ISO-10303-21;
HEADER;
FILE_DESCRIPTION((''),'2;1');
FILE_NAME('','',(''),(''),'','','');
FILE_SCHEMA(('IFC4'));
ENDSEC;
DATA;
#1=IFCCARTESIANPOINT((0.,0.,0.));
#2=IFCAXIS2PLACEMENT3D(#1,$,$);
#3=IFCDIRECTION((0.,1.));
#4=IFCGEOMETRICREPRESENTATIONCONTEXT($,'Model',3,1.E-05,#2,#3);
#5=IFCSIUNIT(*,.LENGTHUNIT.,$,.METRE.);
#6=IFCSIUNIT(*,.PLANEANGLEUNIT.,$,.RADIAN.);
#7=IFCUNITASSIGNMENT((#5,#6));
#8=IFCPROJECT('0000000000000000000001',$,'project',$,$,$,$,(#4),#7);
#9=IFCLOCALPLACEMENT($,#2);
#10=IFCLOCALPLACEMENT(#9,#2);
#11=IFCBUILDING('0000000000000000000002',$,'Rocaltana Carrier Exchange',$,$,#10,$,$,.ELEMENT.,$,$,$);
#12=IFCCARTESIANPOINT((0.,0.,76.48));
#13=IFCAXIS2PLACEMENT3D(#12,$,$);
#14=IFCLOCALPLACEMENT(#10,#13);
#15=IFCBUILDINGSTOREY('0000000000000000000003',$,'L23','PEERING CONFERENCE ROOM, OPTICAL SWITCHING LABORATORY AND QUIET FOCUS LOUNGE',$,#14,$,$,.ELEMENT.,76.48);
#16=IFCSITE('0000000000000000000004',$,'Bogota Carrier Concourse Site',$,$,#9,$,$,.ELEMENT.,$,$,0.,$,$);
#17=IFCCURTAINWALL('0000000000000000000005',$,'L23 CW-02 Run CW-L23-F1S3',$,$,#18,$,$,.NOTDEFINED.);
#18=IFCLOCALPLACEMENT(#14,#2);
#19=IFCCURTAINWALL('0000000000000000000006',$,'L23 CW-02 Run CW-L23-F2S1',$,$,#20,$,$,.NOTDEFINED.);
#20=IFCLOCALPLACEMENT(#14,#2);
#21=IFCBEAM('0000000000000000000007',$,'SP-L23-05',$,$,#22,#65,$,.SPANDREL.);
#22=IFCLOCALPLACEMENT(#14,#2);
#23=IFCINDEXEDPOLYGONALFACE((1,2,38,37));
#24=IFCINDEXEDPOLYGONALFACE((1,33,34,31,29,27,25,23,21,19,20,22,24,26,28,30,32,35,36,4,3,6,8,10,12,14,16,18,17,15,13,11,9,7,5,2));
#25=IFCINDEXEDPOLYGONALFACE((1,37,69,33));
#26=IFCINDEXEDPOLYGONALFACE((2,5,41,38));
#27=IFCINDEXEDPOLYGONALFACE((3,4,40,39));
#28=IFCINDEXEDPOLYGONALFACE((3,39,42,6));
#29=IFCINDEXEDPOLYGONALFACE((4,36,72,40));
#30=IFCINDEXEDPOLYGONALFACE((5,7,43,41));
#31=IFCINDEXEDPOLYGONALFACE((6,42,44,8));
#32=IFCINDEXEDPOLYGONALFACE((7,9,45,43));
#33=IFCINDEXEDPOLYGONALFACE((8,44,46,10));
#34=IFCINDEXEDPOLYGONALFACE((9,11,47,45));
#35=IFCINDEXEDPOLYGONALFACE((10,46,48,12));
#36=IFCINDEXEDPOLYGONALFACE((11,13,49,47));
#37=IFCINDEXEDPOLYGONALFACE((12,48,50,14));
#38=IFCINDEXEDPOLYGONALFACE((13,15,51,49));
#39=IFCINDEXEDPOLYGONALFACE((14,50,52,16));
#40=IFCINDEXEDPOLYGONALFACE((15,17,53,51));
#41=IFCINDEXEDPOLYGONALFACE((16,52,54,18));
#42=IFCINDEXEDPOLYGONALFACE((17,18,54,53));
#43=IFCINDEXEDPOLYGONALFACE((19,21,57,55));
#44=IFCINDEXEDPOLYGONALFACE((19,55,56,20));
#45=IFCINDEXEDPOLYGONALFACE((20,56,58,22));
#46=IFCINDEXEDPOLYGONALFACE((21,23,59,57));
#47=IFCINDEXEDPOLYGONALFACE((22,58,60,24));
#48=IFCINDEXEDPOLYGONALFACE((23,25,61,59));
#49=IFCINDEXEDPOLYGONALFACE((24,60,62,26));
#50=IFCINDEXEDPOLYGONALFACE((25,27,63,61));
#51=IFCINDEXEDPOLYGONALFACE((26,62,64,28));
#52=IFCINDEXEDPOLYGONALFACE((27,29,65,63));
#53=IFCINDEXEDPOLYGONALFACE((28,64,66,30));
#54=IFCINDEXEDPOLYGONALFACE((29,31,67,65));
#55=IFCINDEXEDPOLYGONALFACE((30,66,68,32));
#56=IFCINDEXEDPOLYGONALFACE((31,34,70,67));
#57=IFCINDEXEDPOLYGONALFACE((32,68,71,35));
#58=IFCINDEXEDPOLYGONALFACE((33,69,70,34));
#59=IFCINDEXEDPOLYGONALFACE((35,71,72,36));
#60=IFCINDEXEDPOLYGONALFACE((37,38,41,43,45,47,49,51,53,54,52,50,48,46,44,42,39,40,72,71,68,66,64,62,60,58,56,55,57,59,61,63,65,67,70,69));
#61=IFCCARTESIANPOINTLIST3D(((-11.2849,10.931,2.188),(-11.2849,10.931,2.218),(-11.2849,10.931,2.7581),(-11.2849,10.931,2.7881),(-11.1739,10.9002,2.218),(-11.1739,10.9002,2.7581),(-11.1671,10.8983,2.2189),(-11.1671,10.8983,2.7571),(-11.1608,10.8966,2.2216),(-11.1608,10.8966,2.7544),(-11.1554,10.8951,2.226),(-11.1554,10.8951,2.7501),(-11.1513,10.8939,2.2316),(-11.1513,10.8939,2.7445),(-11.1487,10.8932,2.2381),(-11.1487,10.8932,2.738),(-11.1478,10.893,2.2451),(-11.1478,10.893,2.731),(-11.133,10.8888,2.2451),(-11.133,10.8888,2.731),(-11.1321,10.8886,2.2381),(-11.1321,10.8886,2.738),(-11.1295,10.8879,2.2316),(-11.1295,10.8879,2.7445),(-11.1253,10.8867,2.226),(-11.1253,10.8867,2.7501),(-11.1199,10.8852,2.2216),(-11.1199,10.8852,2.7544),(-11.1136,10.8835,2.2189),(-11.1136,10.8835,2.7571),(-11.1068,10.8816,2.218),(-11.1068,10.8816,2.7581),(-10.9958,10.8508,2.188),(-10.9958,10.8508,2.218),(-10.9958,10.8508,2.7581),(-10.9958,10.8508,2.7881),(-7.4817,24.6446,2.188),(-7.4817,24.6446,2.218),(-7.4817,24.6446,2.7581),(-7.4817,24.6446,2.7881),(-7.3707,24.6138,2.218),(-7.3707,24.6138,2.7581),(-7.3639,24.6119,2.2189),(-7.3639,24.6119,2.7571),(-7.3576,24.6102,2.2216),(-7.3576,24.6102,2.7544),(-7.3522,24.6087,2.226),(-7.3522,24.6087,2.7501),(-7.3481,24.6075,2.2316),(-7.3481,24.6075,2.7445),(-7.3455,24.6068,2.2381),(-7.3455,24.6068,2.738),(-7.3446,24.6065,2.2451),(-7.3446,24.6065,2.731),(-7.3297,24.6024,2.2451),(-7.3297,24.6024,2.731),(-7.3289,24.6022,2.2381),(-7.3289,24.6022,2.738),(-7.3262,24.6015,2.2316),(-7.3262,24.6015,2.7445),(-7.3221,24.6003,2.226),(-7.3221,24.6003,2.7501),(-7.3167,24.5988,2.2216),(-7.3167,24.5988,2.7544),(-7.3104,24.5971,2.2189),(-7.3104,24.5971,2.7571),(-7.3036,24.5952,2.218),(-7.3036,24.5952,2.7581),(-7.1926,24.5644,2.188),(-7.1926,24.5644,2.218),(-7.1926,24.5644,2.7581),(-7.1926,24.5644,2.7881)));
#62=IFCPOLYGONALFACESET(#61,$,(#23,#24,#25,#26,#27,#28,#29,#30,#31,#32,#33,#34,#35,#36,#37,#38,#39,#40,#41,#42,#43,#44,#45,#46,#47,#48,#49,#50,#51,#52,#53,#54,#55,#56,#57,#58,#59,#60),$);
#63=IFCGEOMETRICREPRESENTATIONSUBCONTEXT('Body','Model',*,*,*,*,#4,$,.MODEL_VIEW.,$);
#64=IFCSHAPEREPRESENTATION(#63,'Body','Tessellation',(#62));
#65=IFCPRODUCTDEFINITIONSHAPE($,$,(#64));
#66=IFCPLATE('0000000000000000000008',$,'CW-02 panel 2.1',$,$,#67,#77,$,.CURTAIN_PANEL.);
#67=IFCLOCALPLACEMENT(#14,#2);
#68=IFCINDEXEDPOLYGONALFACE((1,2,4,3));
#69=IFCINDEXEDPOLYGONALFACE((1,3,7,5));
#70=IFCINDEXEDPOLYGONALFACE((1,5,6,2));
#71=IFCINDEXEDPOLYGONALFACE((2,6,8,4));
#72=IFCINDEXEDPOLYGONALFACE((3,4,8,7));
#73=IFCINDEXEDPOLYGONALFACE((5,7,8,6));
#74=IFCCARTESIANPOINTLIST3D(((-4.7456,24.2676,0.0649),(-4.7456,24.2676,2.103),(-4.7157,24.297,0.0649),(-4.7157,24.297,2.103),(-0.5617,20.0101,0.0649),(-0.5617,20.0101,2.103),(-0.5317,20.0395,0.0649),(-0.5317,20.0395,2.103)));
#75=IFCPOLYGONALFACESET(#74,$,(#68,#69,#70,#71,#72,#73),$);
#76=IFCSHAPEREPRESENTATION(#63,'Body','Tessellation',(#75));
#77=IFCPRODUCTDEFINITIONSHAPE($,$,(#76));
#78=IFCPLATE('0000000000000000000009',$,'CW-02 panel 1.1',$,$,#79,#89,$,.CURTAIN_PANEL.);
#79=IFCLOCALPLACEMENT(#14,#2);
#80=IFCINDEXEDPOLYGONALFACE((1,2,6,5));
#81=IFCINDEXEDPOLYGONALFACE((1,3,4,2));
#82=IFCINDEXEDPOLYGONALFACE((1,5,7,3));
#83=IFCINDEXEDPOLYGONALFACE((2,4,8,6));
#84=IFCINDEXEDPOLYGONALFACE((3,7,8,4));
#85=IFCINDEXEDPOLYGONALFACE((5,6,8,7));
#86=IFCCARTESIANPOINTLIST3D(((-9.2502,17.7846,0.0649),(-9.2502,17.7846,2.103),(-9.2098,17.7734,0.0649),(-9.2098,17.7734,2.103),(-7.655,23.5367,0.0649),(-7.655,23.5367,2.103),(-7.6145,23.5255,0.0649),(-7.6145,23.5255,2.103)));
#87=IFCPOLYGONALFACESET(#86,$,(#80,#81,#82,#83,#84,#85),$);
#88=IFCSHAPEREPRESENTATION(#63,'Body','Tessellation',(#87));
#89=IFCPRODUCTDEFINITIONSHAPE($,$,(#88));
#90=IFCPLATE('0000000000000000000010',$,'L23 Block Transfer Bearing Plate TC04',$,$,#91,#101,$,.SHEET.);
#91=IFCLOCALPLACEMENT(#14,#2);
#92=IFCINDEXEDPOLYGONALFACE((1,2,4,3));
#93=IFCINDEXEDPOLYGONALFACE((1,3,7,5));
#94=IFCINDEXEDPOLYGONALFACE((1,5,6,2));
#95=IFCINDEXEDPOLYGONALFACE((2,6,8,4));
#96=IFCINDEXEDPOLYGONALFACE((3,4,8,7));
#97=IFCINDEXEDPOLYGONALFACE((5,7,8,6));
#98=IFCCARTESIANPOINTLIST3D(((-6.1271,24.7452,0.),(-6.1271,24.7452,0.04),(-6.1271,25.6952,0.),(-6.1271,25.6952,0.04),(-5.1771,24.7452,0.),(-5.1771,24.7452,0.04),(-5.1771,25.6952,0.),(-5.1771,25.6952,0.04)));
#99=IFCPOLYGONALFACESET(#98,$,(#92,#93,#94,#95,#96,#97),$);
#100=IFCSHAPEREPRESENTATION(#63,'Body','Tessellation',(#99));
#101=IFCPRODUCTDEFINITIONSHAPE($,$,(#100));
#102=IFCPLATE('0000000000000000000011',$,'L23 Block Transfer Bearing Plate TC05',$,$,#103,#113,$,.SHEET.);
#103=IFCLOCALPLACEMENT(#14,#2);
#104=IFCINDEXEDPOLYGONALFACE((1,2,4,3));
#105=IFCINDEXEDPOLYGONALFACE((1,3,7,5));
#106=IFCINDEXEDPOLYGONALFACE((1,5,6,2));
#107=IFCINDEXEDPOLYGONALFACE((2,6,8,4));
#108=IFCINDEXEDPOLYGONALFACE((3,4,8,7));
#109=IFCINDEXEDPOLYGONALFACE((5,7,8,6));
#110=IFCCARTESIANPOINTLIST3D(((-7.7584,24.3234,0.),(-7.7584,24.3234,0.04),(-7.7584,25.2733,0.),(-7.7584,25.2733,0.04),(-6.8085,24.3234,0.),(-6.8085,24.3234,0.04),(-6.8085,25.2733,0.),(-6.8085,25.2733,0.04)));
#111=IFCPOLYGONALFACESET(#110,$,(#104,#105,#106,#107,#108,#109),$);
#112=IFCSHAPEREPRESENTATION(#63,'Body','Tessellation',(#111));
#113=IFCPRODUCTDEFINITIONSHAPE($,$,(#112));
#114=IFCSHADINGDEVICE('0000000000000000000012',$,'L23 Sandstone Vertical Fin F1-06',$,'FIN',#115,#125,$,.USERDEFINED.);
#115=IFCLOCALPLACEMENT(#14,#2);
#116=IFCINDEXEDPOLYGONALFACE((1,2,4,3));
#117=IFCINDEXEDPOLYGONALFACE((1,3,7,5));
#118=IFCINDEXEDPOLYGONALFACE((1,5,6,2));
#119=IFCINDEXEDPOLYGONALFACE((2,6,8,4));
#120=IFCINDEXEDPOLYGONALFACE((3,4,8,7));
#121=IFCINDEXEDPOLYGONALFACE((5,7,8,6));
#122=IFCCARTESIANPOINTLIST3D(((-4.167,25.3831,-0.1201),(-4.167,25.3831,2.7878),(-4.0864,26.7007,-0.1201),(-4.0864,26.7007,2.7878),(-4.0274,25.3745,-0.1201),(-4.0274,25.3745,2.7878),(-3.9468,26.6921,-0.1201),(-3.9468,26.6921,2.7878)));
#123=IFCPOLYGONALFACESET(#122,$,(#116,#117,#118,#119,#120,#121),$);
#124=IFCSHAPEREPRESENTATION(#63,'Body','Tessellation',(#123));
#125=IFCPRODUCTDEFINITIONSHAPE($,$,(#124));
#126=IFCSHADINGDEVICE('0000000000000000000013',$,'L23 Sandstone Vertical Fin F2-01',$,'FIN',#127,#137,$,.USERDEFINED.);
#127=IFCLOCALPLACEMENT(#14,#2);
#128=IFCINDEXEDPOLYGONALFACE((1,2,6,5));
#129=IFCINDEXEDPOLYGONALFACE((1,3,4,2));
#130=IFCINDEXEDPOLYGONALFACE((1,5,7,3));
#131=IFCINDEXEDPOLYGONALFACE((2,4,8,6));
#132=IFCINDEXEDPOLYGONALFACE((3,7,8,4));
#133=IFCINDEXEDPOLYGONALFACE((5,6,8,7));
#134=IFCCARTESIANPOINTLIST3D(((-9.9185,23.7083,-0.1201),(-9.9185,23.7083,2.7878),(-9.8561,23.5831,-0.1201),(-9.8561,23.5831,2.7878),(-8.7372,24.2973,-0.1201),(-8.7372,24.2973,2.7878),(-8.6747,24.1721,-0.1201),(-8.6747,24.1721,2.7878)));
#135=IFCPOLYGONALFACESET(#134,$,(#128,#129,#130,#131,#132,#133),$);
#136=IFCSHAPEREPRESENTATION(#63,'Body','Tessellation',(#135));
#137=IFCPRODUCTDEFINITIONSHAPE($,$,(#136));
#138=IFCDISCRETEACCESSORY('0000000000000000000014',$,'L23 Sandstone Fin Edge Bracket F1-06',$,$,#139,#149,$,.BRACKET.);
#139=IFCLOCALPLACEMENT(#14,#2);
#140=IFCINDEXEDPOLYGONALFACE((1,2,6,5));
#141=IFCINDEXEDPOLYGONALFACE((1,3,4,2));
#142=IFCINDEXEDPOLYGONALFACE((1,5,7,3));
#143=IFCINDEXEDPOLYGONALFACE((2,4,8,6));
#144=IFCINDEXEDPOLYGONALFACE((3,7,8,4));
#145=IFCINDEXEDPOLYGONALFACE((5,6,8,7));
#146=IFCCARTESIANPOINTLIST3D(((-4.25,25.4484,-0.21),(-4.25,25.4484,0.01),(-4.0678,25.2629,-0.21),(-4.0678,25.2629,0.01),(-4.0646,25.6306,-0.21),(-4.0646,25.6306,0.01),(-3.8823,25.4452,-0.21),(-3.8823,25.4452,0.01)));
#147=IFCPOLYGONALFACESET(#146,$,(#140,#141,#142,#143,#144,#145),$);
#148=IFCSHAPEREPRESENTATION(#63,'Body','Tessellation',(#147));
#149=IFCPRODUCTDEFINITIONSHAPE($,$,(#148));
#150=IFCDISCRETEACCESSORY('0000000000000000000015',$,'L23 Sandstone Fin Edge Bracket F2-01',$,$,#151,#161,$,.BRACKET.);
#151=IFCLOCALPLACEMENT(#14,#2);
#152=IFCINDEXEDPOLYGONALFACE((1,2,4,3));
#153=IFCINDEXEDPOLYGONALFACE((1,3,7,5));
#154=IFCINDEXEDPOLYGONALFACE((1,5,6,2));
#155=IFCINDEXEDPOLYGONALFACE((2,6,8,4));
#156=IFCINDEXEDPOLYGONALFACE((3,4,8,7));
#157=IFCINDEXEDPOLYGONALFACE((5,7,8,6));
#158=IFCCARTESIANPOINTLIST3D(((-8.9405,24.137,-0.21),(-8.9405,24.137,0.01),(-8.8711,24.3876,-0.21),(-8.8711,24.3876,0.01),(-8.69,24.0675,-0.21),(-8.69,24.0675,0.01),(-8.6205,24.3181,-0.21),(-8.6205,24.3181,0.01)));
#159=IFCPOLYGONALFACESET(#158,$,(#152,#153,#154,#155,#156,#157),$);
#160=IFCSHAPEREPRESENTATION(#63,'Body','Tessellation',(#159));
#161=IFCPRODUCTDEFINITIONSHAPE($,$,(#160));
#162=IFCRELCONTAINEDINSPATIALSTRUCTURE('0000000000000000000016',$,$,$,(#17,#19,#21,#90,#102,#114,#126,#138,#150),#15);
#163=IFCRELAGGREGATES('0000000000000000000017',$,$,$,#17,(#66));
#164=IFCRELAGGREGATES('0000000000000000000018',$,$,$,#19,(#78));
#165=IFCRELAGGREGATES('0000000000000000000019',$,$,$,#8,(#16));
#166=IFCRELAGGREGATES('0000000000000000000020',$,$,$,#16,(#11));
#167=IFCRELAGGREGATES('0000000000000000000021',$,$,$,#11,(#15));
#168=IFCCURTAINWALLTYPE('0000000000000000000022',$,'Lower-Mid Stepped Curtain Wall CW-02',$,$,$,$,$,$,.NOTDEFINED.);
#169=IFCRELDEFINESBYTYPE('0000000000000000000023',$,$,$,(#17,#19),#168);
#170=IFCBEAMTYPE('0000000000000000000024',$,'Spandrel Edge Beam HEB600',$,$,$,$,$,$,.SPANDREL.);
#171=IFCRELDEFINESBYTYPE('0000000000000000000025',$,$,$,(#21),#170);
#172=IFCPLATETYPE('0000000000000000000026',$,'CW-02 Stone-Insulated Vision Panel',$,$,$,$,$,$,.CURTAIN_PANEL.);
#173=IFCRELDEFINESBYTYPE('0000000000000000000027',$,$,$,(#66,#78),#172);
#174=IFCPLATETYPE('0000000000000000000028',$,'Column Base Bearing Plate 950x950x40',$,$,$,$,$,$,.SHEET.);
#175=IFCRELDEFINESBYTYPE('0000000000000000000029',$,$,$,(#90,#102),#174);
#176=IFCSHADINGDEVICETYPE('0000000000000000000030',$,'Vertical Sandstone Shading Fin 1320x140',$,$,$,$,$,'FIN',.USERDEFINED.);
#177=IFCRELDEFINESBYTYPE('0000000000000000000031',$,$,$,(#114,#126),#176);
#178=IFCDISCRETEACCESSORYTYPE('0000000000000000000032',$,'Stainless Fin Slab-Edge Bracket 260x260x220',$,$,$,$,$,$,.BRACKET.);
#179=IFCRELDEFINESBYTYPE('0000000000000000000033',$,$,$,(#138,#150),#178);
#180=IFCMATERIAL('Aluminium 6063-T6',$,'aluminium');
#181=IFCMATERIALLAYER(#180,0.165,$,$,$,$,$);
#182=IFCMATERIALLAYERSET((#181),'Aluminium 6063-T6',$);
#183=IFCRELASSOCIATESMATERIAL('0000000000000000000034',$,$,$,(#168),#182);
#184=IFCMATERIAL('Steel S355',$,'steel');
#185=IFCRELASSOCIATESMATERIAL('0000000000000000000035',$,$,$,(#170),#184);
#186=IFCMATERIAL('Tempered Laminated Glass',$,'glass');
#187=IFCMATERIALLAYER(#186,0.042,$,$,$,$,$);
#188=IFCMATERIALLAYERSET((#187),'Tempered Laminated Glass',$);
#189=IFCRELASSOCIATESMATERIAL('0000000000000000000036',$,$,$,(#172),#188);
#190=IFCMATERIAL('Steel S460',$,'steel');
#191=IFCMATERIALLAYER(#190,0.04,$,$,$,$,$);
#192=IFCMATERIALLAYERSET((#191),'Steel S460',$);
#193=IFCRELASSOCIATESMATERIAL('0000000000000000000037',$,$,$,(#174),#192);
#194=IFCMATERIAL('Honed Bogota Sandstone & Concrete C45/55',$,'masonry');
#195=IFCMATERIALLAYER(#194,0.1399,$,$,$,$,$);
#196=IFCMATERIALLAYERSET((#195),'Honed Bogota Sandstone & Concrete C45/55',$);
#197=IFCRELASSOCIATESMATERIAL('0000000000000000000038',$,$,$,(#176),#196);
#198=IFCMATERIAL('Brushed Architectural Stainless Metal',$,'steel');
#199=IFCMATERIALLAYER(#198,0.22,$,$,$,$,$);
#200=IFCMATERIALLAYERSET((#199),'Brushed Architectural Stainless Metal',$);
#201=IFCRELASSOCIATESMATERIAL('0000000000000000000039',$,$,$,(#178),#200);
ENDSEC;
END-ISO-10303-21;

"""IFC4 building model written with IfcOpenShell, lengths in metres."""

from ifc_helpers import new_model, si_unit, direction, frame, origin, origin_2d, place, context, subcontext, project, spatial, rectangle, i_section, extrude, material, layer, layer_set, material_profile, profile_set, type_object, element, aggregate, save


model = new_model("IFC4")

# Units and contexts
model_context = context("Model", 3, precision=1e-05, world=origin(), true_north=direction((0.0, 1.0)))
body_context = subcontext(model_context, "Body", "Model", "MODEL_VIEW")
ifc_project = project(units=[si_unit("LENGTHUNIT", "METRE"), si_unit("PLANEANGLEUNIT", "RADIAN")], contexts=[model_context])

# Site, building, storey
site_placement = place(None, origin())
site = spatial("IfcSite", under=ifc_project, at=site_placement, Name="Bogota Carrier Concourse Site", CompositionType="ELEMENT", RefElevation=0.0)
building_placement = place(site_placement, origin())
building = spatial("IfcBuilding", under=site, at=building_placement, Name="Rocaltana Carrier Exchange", CompositionType="ELEMENT")
storey_placement = place(building_placement, frame((0.0, 0.0, 76.48)))
storey = spatial("IfcBuildingStorey", under=building, at=storey_placement, Name="L23", Description="PEERING CONFERENCE ROOM, OPTICAL SWITCHING LABORATORY AND QUIET FOCUS LOUNGE", CompositionType="ELEMENT", Elevation=76.48)

# Curtain wall
ifc_material_1 = material(Name="Aluminium 6063-T6", Category="aluminium")
ifc_layer_1 = layer(ifc_material_1, 0.165)
ifc_layer_set_1 = layer_set([ifc_layer_1], Name="Aluminium 6063-T6")
curtain_wall_type = type_object("IfcCurtainWallType", Name="Lower-Mid Stepped Curtain Wall CW-02", PredefinedType="NOTDEFINED", material=ifc_layer_set_1)
curtain_wall_1_placement = place(storey_placement, origin())
curtain_wall_1 = element("IfcCurtainWall", 1, at=curtain_wall_1_placement, inside=storey, type_object=curtain_wall_type, Name="L23 CW-02 Run CW-L23-F1S3", PredefinedType="NOTDEFINED")

# Curtain wall
curtain_wall_2_placement = place(storey_placement, origin())
curtain_wall_2 = element("IfcCurtainWall", 2, at=curtain_wall_2_placement, inside=storey, type_object=curtain_wall_type, Name="L23 CW-02 Run CW-L23-F2S1", PredefinedType="NOTDEFINED")

# Beam
ifc_material_2 = material(Name="Steel S355", Category="steel")
ifc_material_profile_1 = material_profile(ifc_material_2, i_section(OverallWidth=0.3, OverallDepth=0.6001, WebThickness=0.0154, FlangeThickness=0.03, FilletRadius=0.0271, at=origin_2d()), Name="HEB600")
ifc_profile_set_1 = profile_set([ifc_material_profile_1], Name="Steel S355")
beam_type_1 = type_object("IfcBeamType", Name="Spandrel Edge Beam HEB600", PredefinedType="SPANDREL", material=ifc_profile_set_1)
beam_1_placement = place(storey_placement, frame((-7.3372, 24.6045, 2.488), z_axis=(-0.267245, -0.963629, 0.0), x_axis=(0.963629, -0.267245, 0.0)))
element("IfcBeam", 3, at=beam_1_placement, inside=storey, type_object=beam_type_1, Name="SP-L23-05", PredefinedType="SPANDREL", context=body_context, shape_type="SweptSolid", body=[
    extrude(i_section(OverallWidth=0.3, OverallDepth=0.6001, WebThickness=0.0154, FlangeThickness=0.03, FilletRadius=0.0271, at=origin_2d()), origin(), (0.0, 0.0, 1.0), 14.2312),
])

# Plates
ifc_material_3 = material(Name="Tempered Laminated Glass", Category="glass")
ifc_layer_2 = layer(ifc_material_3, 0.042)
ifc_layer_set_2 = layer_set([ifc_layer_2], Name="Tempered Laminated Glass")
plate_type_1 = type_object("IfcPlateType", Name="CW-02 Stone-Insulated Vision Panel", PredefinedType="CURTAIN_PANEL", material=ifc_layer_set_2)
plate_1_placement = place(storey_placement, frame((-2.6387, 22.1536, 0.0649), z_axis=(0.0, 0.0, 1.0), x_axis=(-0.700915, 0.713245, 0.0)))
plate_1 = element("IfcPlate", 4, at=plate_1_placement, type_object=plate_type_1, Name="CW-02 panel 2.1", PredefinedType="CURTAIN_PANEL", context=body_context, shape_type="SweptSolid", body=[
    extrude(rectangle(XDim=5.9692, YDim=0.042, at=origin_2d()), origin(), (0.0, 0.0, 1.0), 2.0381),
])
aggregate(curtain_wall_1, [plate_1])
plate_2_placement = place(storey_placement, frame((-8.4324, 20.655, 0.0649), z_axis=(0.0, 0.0, 1.0), x_axis=(-0.267246, -0.963628, 0.0)))
plate_2 = element("IfcPlate", 5, at=plate_2_placement, type_object=plate_type_1, Name="CW-02 panel 1.1", PredefinedType="CURTAIN_PANEL", context=body_context, shape_type="SweptSolid", body=[
    extrude(rectangle(XDim=5.9692, YDim=0.042, at=origin_2d()), origin(), (0.0, 0.0, 1.0), 2.0381),
])
aggregate(curtain_wall_2, [plate_2])

# Plates
ifc_material_4 = material(Name="Steel S460", Category="steel")
ifc_layer_3 = layer(ifc_material_4, 0.04)
ifc_layer_set_3 = layer_set([ifc_layer_3], Name="Steel S460")
plate_type_2 = type_object("IfcPlateType", Name="Column Base Bearing Plate 950x950x40", PredefinedType="SHEET", material=ifc_layer_set_3)
for number, where, z_axis, x_axis, name in (
    (6, (-5.6521, 25.2202, 0.0), (0.0, 0.0, 1.0), (1.0, 0.0, 0.0), "L23 Block Transfer Bearing Plate TC04"),
    (7, (-7.2834, 24.7983, 0.0), (0.0, 0.0, 1.0), (1.0, 0.0, 0.0), "L23 Block Transfer Bearing Plate TC05"),
):
    element("IfcPlate", number, at=place(storey_placement, frame(where, z_axis=z_axis, x_axis=x_axis)), inside=storey, type_object=plate_type_2, Name=name, PredefinedType="SHEET", context=body_context, shape_type="SweptSolid", body=[
        extrude(rectangle(XDim=0.95, YDim=0.95, at=origin_2d()), origin(), (0.0, 0.0, 1.0), 0.04),
    ])

# Shading devices
ifc_material_5 = material(Name="Honed Bogota Sandstone & Concrete C45/55", Category="masonry")
ifc_layer_4 = layer(ifc_material_5, 0.1399)
ifc_layer_set_4 = layer_set([ifc_layer_4], Name="Honed Bogota Sandstone & Concrete C45/55")
shading_device_type = type_object("IfcShadingDeviceType", Name="Vertical Sandstone Shading Fin 1320x140", ElementType="FIN", PredefinedType="USERDEFINED", material=ifc_layer_set_4)
for number, where, z_axis, x_axis, name in (
    (8, (-4.0569, 26.0376, -0.1201), (0.0, 0.0, 1.0), (0.061049, 0.998135, 0.0), "L23 Sandstone Vertical Fin F1-06"),
    (9, (-9.2966, 23.9402, -0.1201), (0.0, 0.0, 1.0), (-0.894934, -0.446198, 0.0), "L23 Sandstone Vertical Fin F2-01"),
):
    element("IfcShadingDevice", number, at=place(storey_placement, frame(where, z_axis=z_axis, x_axis=x_axis)), inside=storey, type_object=shading_device_type, Name=name, ObjectType="FIN", PredefinedType="USERDEFINED", context=body_context, shape_type="SweptSolid", body=[
        extrude(rectangle(XDim=1.3201, YDim=0.1399, at=origin_2d()), origin(), (0.0, 0.0, 1.0), 2.908),
    ])

# Discrete accessories
ifc_material_6 = material(Name="Brushed Architectural Stainless Metal", Category="steel")
ifc_layer_5 = layer(ifc_material_6, 0.22)
ifc_layer_set_5 = layer_set([ifc_layer_5], Name="Brushed Architectural Stainless Metal")
discrete_accessory_type = type_object("IfcDiscreteAccessoryType", Name="Stainless Fin Slab-Edge Bracket 260x260x220", PredefinedType="BRACKET", material=ifc_layer_set_5)
for number, where, z_axis, x_axis, name in (
    (10, (-4.0662, 25.4468, -0.21), (0.0, 0.0, 1.0), (-0.700909, 0.71325, 0.0), "L23 Sandstone Fin Edge Bracket F1-06"),
    (11, (-8.7805, 24.2275, -0.21), (0.0, 0.0, 1.0), (-0.267238, -0.96363, 0.0), "L23 Sandstone Fin Edge Bracket F2-01"),
):
    element("IfcDiscreteAccessory", number, at=place(storey_placement, frame(where, z_axis=z_axis, x_axis=x_axis)), inside=storey, type_object=discrete_accessory_type, Name=name, PredefinedType="BRACKET", context=body_context, shape_type="SweptSolid", body=[
        extrude(rectangle(XDim=0.26, YDim=0.26, at=origin_2d()), origin(), (0.0, 0.0, 1.0), 0.22),
    ])

save(model, "model.ifc")
